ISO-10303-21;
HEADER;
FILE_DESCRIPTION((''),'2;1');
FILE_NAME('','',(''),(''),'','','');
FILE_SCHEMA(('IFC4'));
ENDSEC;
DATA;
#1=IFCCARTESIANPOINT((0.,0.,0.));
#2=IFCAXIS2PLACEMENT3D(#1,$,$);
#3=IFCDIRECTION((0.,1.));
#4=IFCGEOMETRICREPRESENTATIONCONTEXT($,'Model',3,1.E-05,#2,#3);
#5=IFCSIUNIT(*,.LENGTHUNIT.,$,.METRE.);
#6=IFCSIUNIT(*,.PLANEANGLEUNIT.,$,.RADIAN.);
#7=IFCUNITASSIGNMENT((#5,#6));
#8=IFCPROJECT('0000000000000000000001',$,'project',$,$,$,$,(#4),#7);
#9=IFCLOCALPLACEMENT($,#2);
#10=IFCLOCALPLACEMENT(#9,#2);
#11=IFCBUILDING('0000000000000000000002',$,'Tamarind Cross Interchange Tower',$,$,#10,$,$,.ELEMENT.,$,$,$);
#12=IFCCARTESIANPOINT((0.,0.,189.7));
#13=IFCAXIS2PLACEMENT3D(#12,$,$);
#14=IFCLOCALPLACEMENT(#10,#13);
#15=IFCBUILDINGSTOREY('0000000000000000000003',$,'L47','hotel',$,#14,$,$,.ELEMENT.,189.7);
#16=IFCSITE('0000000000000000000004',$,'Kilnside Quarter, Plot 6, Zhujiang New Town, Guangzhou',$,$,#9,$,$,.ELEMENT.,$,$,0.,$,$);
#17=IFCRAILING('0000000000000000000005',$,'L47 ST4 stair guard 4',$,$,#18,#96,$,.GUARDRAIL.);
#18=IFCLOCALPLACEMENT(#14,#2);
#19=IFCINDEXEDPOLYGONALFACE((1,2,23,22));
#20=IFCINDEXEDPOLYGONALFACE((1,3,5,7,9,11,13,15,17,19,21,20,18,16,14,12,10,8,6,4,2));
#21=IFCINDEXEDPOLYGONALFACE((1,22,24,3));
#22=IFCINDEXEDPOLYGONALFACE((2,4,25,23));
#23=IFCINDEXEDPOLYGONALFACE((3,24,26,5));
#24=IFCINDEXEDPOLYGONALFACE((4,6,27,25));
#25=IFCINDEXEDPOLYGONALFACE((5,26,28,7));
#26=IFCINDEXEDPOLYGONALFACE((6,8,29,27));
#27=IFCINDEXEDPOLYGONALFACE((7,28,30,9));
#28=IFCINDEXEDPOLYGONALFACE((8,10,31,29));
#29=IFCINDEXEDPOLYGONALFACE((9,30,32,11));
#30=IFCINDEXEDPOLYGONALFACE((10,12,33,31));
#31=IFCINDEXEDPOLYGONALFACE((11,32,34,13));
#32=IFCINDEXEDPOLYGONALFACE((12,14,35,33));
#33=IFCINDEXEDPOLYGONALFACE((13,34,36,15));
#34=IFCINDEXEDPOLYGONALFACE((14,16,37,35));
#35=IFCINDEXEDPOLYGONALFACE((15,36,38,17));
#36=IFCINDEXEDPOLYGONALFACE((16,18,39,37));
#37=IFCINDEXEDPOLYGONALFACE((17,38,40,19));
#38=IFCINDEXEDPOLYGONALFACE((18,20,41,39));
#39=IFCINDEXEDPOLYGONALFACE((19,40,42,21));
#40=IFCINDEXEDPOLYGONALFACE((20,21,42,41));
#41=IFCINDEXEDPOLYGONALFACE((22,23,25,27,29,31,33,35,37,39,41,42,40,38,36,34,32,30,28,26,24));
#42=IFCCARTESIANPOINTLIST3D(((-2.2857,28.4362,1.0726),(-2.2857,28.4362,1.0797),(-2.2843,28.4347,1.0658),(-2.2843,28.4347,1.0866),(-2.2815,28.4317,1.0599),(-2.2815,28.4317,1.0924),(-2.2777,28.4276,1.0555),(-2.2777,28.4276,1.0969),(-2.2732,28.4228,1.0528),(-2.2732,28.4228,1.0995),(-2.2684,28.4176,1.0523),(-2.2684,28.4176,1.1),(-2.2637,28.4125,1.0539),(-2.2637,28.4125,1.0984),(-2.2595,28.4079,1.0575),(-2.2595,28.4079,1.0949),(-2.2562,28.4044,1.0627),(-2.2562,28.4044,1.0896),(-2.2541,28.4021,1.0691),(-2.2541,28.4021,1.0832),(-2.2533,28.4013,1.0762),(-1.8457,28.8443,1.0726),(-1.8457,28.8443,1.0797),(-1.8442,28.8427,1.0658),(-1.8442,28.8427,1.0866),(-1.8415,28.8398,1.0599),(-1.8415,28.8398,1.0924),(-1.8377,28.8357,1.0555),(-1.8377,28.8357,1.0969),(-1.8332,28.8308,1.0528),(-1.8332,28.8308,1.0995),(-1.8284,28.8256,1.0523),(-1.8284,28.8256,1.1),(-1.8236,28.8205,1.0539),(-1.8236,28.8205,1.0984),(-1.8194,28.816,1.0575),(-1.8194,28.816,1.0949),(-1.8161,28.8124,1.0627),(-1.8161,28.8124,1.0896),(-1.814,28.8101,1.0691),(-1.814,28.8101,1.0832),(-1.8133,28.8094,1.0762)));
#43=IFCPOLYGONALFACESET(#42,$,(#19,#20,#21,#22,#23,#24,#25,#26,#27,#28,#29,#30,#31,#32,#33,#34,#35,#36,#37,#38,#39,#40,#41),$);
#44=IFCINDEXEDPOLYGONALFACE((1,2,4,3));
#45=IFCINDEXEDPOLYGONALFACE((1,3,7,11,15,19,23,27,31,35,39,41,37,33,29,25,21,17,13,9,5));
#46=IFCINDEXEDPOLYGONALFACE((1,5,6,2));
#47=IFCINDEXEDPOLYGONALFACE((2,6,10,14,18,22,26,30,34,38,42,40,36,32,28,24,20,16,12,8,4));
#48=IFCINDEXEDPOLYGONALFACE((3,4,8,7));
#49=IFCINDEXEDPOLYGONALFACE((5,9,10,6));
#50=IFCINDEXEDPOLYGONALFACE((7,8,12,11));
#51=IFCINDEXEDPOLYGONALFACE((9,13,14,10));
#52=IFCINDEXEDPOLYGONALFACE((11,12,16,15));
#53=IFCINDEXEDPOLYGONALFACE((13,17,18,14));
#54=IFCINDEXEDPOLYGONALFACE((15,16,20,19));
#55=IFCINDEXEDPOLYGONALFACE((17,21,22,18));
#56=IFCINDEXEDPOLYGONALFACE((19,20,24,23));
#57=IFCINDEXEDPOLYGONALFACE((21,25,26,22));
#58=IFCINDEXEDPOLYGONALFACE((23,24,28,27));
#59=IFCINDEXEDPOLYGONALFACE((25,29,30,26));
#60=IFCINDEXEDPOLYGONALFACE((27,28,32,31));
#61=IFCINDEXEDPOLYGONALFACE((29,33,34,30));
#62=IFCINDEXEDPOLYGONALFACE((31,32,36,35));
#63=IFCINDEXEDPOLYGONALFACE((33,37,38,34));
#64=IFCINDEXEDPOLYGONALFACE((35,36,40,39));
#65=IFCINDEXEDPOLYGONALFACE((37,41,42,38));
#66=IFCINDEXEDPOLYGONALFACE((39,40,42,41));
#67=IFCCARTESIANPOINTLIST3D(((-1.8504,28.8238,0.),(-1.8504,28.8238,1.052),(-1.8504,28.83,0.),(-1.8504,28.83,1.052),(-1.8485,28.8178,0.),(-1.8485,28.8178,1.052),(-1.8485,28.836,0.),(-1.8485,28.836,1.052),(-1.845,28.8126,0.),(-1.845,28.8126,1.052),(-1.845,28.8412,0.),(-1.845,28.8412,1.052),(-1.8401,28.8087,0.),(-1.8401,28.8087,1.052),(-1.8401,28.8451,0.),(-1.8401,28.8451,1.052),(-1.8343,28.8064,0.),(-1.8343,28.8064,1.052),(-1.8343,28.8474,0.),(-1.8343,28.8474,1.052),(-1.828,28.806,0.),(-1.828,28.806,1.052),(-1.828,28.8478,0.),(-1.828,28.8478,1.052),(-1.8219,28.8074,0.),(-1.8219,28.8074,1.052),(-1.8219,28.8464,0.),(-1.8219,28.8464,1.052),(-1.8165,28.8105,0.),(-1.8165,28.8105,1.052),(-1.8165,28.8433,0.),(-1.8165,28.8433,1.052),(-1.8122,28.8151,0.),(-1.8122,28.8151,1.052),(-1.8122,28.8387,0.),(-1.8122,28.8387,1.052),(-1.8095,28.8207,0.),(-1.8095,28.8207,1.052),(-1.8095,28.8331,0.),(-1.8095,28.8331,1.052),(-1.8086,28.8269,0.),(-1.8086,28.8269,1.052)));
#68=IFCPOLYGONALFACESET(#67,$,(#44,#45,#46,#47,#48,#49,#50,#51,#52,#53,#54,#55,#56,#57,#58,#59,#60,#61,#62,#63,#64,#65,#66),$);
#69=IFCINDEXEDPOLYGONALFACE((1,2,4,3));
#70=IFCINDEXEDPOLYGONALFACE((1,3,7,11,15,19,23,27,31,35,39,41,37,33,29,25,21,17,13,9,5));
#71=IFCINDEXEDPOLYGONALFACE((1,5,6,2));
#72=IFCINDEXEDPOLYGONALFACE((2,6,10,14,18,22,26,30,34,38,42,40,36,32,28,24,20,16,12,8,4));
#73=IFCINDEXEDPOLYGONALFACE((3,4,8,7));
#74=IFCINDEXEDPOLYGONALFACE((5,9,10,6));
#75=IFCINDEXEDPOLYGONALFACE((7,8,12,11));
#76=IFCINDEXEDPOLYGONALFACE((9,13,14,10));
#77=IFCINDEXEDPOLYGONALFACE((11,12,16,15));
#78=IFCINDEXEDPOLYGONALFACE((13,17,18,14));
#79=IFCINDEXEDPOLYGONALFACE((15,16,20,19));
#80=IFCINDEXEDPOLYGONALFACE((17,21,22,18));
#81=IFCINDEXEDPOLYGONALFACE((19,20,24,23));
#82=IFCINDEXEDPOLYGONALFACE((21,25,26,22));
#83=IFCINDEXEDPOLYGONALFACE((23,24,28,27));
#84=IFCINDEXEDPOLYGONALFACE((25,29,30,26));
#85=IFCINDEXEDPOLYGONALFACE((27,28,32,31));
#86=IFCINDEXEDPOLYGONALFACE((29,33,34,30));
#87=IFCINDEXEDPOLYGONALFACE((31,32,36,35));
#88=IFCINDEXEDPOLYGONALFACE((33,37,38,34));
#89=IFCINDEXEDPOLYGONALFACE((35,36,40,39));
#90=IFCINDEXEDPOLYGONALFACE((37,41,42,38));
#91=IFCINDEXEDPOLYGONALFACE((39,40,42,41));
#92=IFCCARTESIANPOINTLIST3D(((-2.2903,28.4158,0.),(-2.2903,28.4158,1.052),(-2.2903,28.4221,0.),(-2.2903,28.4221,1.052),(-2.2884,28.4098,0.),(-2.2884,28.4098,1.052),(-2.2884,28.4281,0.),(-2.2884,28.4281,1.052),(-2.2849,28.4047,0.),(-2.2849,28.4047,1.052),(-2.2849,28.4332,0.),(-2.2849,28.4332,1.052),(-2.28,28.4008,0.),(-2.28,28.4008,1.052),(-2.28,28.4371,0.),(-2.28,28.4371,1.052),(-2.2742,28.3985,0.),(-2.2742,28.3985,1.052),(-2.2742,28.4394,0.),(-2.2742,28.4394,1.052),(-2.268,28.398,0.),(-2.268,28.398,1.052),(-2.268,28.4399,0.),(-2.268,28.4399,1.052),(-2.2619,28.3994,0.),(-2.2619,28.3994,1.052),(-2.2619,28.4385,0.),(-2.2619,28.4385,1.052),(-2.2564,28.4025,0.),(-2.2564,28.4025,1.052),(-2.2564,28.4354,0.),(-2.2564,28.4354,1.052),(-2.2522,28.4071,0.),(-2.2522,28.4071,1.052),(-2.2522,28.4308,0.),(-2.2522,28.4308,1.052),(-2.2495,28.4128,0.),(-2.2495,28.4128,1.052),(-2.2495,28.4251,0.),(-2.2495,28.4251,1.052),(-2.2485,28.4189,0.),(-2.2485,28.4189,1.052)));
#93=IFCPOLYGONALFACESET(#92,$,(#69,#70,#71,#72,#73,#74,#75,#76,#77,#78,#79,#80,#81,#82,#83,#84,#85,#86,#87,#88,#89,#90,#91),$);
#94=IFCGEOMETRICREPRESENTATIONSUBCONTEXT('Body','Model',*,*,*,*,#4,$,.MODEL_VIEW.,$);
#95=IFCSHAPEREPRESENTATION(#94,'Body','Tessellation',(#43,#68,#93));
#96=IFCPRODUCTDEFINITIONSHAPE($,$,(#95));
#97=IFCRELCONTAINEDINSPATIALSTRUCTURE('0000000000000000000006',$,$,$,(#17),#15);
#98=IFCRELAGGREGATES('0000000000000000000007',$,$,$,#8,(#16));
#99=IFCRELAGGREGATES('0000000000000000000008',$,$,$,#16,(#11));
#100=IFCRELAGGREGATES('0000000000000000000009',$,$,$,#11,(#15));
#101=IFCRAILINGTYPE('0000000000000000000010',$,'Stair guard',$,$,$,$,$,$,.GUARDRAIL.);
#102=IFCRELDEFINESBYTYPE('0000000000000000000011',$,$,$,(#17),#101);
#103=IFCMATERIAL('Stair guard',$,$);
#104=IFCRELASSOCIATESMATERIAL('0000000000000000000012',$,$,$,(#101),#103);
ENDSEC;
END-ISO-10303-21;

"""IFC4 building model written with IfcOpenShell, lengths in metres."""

from ifc_helpers import new_model, si_unit, direction, frame, origin, origin_2d, place, context, subcontext, project, spatial, circle, extrude, material, type_object, element, save


model = new_model("IFC4")

# Units and contexts
model_context = context("Model", 3, precision=1e-05, world=origin(), true_north=direction((0.0, 1.0)))
body_context = subcontext(model_context, "Body", "Model", "MODEL_VIEW")
ifc_project = project(units=[si_unit("LENGTHUNIT", "METRE"), si_unit("PLANEANGLEUNIT", "RADIAN")], contexts=[model_context])

# Site, building, storey
site_placement = place(None, origin())
site = spatial("IfcSite", under=ifc_project, at=site_placement, Name="Kilnside Quarter, Plot 6, Zhujiang New Town, Guangzhou", CompositionType="ELEMENT", RefElevation=0.0)
building_placement = place(site_placement, origin())
building = spatial("IfcBuilding", under=site, at=building_placement, Name="Tamarind Cross Interchange Tower", CompositionType="ELEMENT")
storey_placement = place(building_placement, frame((0.0, 0.0, 189.7)))
storey = spatial("IfcBuildingStorey", under=building, at=storey_placement, Name="L47", Description="hotel", CompositionType="ELEMENT", Elevation=189.7)

# Railing
ifc_material_1 = material(Name="Stair guard")
railing_type_1 = type_object("IfcRailingType", Name="Stair guard", PredefinedType="GUARDRAIL", material=ifc_material_1)
railing_1_placement = place(storey_placement, frame((-1.8296, 28.8269, 0.0)))
element("IfcRailing", 1, at=railing_1_placement, inside=storey, type_object=railing_type_1, Name="L47 ST4 stair guard 4", PredefinedType="GUARDRAIL", context=body_context, shape_type="SweptSolid", body=[
    extrude(circle(Radius=0.0239, at=origin_2d()), frame((0.0, 0.0, 1.0762), z_axis=(-0.733257, -0.679951, 0.0), x_axis=(0.679951, -0.733257, 0.0)), (0.0, 0.0, 1.0), 0.6001),
    extrude(circle(Radius=0.021, at=origin_2d()), origin(), (0.0, 0.0, 1.0), 1.052),
    extrude(circle(Radius=0.021, at=origin_2d()), frame((-0.4399, -0.408, 0.0)), (0.0, 0.0, 1.0), 1.052),
])

save(model, "model.ifc")
